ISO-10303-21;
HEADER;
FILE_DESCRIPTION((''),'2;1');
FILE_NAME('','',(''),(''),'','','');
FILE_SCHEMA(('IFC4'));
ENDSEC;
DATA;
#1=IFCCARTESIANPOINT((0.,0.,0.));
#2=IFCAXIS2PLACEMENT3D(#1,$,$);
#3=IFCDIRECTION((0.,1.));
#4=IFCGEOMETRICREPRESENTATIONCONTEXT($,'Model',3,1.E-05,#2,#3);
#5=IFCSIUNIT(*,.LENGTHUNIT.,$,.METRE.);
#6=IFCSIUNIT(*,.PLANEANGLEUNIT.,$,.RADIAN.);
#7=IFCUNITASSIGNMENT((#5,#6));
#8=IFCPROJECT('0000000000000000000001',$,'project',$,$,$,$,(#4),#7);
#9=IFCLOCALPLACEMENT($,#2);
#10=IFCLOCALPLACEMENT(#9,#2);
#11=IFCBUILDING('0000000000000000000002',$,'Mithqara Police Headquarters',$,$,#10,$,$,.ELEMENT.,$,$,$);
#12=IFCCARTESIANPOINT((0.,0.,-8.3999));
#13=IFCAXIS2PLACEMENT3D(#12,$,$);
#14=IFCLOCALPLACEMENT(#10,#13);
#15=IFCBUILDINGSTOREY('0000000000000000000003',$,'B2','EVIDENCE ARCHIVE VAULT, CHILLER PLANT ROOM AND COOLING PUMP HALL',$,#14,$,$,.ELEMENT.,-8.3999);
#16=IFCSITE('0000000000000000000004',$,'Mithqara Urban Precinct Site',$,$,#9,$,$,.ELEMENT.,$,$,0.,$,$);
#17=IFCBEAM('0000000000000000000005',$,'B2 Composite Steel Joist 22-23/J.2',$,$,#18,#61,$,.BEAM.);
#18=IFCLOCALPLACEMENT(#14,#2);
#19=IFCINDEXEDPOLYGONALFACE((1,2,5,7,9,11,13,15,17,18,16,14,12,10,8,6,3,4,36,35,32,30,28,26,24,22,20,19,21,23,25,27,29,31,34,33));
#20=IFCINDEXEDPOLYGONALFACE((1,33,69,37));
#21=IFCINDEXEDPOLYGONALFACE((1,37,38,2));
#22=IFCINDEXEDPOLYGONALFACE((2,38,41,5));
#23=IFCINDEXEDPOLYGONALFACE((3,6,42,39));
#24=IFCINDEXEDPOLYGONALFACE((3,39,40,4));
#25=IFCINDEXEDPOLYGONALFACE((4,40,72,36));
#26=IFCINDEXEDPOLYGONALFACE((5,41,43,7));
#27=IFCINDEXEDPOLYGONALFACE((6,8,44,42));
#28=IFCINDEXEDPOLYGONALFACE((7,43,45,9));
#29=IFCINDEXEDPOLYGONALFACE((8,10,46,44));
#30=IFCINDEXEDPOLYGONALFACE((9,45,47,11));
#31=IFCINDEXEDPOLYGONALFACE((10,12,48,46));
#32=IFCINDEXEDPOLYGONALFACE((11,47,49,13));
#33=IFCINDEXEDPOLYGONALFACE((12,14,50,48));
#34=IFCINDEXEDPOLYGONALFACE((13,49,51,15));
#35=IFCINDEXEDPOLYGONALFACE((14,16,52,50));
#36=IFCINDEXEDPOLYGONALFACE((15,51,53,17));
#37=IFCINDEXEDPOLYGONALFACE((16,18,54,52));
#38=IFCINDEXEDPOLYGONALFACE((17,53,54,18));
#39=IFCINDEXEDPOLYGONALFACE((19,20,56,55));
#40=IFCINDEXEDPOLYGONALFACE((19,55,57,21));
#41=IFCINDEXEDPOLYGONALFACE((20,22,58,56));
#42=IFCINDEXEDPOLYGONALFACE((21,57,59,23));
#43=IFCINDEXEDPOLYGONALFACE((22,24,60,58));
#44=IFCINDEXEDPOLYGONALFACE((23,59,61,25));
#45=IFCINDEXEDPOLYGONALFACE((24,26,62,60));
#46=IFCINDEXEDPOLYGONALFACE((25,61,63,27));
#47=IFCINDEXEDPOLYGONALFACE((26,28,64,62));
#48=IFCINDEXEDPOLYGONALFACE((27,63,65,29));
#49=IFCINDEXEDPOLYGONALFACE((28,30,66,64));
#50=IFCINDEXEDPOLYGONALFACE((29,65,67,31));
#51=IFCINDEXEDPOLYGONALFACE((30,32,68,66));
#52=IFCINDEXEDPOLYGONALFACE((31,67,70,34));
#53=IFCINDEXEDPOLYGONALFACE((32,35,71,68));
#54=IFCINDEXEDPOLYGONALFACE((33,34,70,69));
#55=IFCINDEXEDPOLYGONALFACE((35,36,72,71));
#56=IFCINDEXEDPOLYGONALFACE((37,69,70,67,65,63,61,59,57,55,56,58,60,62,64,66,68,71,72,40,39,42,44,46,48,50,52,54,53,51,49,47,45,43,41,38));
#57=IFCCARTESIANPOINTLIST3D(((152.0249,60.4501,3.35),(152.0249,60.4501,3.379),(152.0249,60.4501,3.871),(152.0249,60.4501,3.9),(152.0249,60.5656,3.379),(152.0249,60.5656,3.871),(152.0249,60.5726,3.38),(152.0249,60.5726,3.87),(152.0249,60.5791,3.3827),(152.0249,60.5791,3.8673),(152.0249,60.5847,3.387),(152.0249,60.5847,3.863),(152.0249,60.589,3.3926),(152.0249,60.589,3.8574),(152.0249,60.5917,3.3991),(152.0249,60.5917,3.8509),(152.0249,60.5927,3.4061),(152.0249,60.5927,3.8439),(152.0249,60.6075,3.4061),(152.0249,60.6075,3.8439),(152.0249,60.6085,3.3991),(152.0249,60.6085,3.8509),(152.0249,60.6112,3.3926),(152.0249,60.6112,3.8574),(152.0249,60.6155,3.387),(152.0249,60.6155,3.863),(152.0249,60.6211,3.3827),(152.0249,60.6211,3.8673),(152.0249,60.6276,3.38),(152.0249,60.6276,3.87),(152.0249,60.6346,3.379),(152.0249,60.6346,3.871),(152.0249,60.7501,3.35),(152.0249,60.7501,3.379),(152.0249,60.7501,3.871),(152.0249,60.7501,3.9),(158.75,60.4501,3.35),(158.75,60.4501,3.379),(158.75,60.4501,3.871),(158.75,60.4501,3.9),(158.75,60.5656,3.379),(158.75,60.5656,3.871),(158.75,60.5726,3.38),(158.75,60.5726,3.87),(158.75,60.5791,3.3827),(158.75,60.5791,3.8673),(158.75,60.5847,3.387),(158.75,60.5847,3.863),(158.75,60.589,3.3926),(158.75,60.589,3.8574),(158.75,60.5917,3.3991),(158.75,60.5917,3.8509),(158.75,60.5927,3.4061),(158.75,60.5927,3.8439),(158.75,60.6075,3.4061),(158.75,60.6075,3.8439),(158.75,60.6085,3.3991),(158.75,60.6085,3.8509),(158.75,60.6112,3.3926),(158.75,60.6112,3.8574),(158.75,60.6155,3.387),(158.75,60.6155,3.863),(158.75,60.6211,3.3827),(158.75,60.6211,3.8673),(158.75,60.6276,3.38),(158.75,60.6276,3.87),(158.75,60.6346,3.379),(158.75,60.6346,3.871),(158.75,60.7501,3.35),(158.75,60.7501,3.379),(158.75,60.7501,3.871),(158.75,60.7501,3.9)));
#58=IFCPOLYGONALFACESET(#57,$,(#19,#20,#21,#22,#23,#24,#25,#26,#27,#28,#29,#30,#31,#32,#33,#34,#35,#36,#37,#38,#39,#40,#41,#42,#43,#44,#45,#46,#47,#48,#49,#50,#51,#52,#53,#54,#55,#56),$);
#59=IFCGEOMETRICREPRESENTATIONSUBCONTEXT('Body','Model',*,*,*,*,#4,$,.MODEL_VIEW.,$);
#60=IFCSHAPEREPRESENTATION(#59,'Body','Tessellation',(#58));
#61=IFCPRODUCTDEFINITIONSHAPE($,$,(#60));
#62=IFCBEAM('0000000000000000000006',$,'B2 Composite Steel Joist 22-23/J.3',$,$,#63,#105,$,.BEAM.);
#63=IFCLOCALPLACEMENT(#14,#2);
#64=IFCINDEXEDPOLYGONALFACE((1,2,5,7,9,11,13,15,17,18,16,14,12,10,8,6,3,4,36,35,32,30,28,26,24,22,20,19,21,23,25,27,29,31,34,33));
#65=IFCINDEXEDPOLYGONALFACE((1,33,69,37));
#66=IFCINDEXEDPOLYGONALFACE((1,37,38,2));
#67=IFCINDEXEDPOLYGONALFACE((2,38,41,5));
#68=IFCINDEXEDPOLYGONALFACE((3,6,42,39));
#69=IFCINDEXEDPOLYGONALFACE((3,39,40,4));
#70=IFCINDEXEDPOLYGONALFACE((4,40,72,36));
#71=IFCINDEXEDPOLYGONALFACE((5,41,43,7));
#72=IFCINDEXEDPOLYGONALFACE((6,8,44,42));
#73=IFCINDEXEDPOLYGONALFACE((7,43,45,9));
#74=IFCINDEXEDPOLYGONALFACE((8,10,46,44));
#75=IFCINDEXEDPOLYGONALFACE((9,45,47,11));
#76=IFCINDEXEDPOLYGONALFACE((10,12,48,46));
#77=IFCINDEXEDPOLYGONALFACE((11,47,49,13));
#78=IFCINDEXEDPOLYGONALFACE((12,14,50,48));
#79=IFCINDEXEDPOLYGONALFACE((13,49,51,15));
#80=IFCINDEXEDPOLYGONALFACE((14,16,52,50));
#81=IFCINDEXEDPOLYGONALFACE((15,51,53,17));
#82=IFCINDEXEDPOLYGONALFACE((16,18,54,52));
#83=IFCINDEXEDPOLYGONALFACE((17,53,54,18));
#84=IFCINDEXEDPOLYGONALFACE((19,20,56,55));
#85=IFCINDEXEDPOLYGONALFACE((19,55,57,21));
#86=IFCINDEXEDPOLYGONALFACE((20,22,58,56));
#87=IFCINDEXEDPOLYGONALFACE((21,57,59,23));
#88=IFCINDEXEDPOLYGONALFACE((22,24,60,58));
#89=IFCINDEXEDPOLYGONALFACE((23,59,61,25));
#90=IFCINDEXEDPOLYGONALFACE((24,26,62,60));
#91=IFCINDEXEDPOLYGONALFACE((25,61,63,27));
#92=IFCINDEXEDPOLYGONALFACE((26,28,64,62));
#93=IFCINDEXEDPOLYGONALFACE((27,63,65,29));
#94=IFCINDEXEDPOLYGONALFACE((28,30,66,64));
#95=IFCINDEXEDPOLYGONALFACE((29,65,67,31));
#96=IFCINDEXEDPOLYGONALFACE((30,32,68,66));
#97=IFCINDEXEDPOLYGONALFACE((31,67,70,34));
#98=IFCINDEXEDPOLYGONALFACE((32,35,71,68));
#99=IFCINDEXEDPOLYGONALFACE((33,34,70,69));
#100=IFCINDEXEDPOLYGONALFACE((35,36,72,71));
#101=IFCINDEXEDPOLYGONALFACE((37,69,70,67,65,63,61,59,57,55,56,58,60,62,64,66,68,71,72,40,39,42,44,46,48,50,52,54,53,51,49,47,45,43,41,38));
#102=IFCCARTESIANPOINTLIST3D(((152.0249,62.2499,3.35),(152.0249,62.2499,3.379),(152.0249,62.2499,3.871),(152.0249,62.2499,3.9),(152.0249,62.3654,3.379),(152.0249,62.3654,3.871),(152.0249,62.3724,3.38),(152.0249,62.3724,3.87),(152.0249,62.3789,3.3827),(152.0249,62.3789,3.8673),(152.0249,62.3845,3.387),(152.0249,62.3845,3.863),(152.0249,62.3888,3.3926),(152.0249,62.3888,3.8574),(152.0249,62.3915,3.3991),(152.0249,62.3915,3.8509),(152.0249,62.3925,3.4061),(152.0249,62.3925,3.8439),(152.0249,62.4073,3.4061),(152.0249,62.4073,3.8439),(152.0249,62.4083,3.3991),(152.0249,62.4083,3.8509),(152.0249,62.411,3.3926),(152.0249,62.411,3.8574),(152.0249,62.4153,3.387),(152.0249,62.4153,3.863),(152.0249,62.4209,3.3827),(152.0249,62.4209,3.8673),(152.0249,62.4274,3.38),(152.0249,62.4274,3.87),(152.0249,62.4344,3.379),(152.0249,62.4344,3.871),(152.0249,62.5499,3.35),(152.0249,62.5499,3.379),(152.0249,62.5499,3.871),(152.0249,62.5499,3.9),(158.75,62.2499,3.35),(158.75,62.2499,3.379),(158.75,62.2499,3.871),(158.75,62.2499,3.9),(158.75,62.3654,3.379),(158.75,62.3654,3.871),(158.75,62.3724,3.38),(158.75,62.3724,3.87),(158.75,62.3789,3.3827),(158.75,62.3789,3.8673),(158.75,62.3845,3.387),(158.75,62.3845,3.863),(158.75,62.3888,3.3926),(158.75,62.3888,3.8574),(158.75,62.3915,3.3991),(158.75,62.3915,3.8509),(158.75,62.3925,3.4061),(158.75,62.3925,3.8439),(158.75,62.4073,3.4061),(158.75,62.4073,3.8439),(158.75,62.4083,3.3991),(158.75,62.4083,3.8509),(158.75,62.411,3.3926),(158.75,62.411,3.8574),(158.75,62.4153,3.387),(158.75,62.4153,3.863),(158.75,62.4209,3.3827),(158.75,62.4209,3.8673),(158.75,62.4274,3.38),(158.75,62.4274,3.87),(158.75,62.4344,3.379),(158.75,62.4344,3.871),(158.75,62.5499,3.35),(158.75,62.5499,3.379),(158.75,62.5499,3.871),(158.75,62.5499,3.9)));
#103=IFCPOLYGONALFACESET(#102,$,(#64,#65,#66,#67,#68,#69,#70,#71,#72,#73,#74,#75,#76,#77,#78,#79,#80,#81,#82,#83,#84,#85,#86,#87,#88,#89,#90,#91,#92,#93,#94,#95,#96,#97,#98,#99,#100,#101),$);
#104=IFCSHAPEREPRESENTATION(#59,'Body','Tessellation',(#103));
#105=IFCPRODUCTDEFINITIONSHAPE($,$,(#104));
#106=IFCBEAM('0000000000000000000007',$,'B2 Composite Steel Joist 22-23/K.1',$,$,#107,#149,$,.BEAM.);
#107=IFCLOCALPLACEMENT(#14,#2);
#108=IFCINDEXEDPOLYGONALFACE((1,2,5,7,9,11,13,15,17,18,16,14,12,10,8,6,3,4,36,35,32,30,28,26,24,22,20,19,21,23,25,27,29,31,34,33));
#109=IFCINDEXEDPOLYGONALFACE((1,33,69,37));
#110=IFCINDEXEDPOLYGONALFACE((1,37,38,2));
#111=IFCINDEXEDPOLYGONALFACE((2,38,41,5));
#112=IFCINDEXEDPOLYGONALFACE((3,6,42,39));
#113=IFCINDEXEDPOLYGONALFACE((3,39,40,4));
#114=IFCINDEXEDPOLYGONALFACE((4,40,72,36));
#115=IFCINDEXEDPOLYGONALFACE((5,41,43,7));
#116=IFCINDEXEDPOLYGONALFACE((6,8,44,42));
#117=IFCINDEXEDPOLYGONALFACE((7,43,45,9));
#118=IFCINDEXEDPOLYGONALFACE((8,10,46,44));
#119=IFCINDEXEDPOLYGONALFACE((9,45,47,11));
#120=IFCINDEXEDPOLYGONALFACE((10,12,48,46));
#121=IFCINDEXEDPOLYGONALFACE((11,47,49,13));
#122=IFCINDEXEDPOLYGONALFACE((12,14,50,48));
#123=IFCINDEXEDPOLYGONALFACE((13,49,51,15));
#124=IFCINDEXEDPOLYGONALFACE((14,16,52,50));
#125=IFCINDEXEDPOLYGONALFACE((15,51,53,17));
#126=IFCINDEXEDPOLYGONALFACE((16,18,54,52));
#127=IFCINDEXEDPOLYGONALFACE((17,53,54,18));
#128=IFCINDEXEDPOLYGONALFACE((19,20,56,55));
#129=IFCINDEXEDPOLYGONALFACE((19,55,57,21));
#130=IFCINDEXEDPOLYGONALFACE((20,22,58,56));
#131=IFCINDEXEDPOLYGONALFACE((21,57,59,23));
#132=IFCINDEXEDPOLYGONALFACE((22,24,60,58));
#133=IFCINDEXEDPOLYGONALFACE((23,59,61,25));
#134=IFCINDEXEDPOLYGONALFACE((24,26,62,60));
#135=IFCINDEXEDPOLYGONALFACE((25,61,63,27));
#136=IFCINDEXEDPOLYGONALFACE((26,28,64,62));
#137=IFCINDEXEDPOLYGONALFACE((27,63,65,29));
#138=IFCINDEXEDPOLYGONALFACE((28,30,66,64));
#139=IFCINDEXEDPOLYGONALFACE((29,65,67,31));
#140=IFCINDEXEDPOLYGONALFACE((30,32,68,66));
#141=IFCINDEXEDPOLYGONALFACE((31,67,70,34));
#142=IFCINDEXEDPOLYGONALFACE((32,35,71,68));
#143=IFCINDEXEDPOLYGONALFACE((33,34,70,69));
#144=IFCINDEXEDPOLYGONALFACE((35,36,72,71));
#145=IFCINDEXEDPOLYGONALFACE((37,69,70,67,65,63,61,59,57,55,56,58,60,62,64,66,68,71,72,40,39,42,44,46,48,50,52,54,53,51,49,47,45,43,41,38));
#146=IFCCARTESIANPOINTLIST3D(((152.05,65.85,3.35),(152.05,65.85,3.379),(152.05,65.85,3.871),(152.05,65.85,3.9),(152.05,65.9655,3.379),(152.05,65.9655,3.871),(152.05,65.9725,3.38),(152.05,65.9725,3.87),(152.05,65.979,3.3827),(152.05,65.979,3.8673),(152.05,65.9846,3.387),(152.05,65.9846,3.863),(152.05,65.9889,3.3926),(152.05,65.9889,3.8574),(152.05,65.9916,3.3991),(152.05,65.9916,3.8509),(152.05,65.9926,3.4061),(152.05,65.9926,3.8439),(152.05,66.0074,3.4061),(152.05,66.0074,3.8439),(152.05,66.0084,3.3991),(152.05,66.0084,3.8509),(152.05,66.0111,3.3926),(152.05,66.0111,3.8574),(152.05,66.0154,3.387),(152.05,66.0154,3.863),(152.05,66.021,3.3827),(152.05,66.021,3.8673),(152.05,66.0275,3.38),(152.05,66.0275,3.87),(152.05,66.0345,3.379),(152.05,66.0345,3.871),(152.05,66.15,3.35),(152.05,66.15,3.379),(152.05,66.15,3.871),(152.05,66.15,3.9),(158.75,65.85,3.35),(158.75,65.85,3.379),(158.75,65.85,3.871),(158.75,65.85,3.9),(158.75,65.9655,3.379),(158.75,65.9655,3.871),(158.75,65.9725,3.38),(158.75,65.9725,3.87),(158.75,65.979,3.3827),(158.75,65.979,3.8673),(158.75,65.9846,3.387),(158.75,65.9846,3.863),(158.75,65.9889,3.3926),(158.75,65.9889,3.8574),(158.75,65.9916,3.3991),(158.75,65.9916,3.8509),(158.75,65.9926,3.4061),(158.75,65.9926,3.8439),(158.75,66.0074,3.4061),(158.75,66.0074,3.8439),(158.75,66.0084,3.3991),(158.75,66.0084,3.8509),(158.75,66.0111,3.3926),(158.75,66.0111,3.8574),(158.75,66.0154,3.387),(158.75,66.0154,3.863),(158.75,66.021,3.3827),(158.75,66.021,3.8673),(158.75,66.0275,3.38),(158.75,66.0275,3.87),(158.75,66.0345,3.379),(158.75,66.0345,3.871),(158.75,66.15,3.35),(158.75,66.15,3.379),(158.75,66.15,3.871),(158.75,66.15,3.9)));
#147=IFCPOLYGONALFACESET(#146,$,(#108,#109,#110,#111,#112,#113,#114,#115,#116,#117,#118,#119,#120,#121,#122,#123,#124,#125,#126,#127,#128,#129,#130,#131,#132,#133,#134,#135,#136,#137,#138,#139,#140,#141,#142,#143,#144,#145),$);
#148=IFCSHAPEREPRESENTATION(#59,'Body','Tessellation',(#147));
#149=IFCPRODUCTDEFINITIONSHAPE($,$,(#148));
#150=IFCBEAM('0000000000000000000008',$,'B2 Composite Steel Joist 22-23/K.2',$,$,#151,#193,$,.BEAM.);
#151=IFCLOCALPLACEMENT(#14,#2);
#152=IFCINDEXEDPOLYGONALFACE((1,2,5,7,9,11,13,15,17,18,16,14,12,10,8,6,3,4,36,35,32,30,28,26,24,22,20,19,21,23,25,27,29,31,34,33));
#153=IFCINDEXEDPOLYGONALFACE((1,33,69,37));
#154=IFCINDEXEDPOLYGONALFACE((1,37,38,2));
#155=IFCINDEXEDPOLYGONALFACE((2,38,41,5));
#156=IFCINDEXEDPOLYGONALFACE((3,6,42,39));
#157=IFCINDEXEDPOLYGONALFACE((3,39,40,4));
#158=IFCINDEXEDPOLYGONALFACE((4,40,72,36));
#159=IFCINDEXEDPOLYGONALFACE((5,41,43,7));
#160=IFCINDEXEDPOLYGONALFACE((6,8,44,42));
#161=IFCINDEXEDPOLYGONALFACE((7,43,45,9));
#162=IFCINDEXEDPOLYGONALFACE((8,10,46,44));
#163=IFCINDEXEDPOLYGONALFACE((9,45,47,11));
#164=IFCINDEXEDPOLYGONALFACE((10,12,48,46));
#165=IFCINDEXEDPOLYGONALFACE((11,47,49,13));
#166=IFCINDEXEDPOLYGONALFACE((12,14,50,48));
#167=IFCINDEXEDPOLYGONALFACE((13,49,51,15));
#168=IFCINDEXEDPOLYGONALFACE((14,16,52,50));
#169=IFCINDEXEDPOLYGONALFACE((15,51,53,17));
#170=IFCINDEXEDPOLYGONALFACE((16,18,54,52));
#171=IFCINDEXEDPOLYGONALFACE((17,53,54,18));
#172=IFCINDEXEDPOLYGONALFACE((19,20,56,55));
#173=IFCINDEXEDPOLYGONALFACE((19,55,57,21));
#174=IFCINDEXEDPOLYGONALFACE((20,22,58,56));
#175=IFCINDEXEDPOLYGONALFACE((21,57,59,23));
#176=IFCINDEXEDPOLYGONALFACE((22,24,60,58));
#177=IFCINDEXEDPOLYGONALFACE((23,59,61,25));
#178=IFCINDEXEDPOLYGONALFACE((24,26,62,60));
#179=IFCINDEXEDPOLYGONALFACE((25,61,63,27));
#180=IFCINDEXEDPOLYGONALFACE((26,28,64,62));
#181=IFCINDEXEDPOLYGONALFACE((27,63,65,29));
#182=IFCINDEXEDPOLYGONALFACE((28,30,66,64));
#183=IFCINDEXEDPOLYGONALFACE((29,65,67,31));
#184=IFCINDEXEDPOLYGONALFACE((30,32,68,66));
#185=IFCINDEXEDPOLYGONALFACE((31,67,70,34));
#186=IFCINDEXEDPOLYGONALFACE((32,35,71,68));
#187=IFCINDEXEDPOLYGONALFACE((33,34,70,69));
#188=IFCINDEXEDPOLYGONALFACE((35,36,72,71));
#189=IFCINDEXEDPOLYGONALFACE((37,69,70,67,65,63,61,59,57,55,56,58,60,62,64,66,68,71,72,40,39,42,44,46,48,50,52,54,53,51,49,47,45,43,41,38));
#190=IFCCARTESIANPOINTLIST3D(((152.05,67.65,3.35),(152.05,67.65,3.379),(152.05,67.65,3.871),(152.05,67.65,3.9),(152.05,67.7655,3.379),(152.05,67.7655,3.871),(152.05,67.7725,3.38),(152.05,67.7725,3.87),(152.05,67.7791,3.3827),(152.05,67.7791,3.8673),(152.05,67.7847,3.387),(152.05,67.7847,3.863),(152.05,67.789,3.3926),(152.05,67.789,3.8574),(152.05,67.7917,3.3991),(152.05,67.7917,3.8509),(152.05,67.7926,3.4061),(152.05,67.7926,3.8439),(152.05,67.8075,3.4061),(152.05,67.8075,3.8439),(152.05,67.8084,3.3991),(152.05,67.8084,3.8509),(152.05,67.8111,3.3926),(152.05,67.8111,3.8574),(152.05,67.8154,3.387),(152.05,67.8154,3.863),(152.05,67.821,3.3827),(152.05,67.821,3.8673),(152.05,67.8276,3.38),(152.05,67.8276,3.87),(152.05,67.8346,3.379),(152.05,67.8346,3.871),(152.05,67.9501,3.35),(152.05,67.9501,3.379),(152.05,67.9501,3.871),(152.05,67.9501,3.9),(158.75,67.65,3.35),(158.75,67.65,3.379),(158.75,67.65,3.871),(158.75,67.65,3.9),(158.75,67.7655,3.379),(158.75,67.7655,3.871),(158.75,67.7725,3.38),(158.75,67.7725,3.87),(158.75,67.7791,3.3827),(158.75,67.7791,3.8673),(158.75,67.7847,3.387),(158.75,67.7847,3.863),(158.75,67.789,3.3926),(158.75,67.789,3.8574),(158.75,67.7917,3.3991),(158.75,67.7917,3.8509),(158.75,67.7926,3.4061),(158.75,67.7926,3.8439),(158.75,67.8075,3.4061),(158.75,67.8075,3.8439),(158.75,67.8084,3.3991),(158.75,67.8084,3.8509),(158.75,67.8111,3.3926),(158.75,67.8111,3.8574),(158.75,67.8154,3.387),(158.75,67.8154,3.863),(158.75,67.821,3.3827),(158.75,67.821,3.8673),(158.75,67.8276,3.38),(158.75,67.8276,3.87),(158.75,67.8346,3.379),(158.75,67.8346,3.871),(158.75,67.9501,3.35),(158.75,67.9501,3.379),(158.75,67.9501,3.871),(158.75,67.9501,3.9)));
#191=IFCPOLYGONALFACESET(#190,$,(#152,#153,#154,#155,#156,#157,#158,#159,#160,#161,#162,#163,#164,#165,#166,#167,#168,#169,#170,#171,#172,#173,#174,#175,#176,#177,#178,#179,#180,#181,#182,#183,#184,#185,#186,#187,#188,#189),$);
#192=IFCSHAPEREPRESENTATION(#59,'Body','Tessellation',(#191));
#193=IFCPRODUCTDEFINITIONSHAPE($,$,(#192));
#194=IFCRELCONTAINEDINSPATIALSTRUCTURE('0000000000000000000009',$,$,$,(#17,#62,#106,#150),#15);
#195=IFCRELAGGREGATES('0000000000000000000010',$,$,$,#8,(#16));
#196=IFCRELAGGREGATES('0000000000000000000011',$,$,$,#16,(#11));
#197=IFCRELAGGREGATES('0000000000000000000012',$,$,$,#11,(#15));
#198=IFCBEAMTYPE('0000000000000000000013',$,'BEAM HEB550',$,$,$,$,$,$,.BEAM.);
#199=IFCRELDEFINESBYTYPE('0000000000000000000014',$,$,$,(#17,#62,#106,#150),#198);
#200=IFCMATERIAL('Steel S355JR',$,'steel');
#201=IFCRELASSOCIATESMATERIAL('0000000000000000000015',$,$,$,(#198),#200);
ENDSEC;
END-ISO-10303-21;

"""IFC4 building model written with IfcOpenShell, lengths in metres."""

from ifc_helpers import new_model, si_unit, direction, frame, origin, origin_2d, place, context, subcontext, project, spatial, i_section, extrude, material, material_profile, profile_set, type_object, element, save


model = new_model("IFC4")

# Units and contexts
model_context = context("Model", 3, precision=1e-05, world=origin(), true_north=direction((0.0, 1.0)))
body_context = subcontext(model_context, "Body", "Model", "MODEL_VIEW")
ifc_project = project(units=[si_unit("LENGTHUNIT", "METRE"), si_unit("PLANEANGLEUNIT", "RADIAN")], contexts=[model_context])

# Site, building, storey
site_placement = place(None, origin())
site = spatial("IfcSite", under=ifc_project, at=site_placement, Name="Mithqara Urban Precinct Site", CompositionType="ELEMENT", RefElevation=0.0)
building_placement = place(site_placement, origin())
building = spatial("IfcBuilding", under=site, at=building_placement, Name="Mithqara Police Headquarters", CompositionType="ELEMENT")
storey_placement = place(building_placement, frame((0.0, 0.0, -8.3999)))
storey = spatial("IfcBuildingStorey", under=building, at=storey_placement, Name="B2", Description="EVIDENCE ARCHIVE VAULT, CHILLER PLANT ROOM AND COOLING PUMP HALL", CompositionType="ELEMENT", Elevation=-8.3999)

# Beams
ifc_material_1 = material(Name="Steel S355JR", Category="steel")
ifc_material_profile_1 = material_profile(ifc_material_1, i_section(OverallWidth=0.3, OverallDepth=0.55, WebThickness=0.0149, FlangeThickness=0.0291, FilletRadius=0.0271, at=origin_2d()), Name="HEB 550")
ifc_profile_set_1 = profile_set([ifc_material_profile_1], Name="Steel S355JR")
beam_type_1 = type_object("IfcBeamType", Name="BEAM HEB550", PredefinedType="BEAM", material=ifc_profile_set_1)
for number, where, z_axis, x_axis, name in (
    (1, (152.0249, 60.6001, 3.625), (1.0, 0.0, 0.0), (0.0, 1.0, 0.0), "B2 Composite Steel Joist 22-23/J.2"),
    (2, (152.0249, 62.3999, 3.625), (1.0, 0.0, 0.0), (0.0, 1.0, 0.0), "B2 Composite Steel Joist 22-23/J.3"),
):
    element("IfcBeam", number, at=place(storey_placement, frame(where, z_axis=z_axis, x_axis=x_axis)), inside=storey, type_object=beam_type_1, Name=name, PredefinedType="BEAM", context=body_context, shape_type="SweptSolid", body=[
        extrude(i_section(OverallWidth=0.3, OverallDepth=0.55, WebThickness=0.0149, FlangeThickness=0.0291, FilletRadius=0.0271, at=origin_2d()), origin(), (0.0, 0.0, 1.0), 6.7251),
    ])
for number, where, z_axis, x_axis, name in (
    (3, (152.05, 66.0, 3.625), (1.0, 0.0, 0.0), (0.0, 1.0, 0.0), "B2 Composite Steel Joist 22-23/K.1"),
    (4, (152.05, 67.8, 3.625), (1.0, 0.0, 0.0), (0.0, 1.0, 0.0), "B2 Composite Steel Joist 22-23/K.2"),
):
    element("IfcBeam", number, at=place(storey_placement, frame(where, z_axis=z_axis, x_axis=x_axis)), inside=storey, type_object=beam_type_1, Name=name, PredefinedType="BEAM", context=body_context, shape_type="SweptSolid", body=[
        extrude(i_section(OverallWidth=0.3, OverallDepth=0.55, WebThickness=0.0149, FlangeThickness=0.0291, FilletRadius=0.0271, at=origin_2d()), origin(), (0.0, 0.0, 1.0), 6.7),
    ])

save(model, "model.ifc")
